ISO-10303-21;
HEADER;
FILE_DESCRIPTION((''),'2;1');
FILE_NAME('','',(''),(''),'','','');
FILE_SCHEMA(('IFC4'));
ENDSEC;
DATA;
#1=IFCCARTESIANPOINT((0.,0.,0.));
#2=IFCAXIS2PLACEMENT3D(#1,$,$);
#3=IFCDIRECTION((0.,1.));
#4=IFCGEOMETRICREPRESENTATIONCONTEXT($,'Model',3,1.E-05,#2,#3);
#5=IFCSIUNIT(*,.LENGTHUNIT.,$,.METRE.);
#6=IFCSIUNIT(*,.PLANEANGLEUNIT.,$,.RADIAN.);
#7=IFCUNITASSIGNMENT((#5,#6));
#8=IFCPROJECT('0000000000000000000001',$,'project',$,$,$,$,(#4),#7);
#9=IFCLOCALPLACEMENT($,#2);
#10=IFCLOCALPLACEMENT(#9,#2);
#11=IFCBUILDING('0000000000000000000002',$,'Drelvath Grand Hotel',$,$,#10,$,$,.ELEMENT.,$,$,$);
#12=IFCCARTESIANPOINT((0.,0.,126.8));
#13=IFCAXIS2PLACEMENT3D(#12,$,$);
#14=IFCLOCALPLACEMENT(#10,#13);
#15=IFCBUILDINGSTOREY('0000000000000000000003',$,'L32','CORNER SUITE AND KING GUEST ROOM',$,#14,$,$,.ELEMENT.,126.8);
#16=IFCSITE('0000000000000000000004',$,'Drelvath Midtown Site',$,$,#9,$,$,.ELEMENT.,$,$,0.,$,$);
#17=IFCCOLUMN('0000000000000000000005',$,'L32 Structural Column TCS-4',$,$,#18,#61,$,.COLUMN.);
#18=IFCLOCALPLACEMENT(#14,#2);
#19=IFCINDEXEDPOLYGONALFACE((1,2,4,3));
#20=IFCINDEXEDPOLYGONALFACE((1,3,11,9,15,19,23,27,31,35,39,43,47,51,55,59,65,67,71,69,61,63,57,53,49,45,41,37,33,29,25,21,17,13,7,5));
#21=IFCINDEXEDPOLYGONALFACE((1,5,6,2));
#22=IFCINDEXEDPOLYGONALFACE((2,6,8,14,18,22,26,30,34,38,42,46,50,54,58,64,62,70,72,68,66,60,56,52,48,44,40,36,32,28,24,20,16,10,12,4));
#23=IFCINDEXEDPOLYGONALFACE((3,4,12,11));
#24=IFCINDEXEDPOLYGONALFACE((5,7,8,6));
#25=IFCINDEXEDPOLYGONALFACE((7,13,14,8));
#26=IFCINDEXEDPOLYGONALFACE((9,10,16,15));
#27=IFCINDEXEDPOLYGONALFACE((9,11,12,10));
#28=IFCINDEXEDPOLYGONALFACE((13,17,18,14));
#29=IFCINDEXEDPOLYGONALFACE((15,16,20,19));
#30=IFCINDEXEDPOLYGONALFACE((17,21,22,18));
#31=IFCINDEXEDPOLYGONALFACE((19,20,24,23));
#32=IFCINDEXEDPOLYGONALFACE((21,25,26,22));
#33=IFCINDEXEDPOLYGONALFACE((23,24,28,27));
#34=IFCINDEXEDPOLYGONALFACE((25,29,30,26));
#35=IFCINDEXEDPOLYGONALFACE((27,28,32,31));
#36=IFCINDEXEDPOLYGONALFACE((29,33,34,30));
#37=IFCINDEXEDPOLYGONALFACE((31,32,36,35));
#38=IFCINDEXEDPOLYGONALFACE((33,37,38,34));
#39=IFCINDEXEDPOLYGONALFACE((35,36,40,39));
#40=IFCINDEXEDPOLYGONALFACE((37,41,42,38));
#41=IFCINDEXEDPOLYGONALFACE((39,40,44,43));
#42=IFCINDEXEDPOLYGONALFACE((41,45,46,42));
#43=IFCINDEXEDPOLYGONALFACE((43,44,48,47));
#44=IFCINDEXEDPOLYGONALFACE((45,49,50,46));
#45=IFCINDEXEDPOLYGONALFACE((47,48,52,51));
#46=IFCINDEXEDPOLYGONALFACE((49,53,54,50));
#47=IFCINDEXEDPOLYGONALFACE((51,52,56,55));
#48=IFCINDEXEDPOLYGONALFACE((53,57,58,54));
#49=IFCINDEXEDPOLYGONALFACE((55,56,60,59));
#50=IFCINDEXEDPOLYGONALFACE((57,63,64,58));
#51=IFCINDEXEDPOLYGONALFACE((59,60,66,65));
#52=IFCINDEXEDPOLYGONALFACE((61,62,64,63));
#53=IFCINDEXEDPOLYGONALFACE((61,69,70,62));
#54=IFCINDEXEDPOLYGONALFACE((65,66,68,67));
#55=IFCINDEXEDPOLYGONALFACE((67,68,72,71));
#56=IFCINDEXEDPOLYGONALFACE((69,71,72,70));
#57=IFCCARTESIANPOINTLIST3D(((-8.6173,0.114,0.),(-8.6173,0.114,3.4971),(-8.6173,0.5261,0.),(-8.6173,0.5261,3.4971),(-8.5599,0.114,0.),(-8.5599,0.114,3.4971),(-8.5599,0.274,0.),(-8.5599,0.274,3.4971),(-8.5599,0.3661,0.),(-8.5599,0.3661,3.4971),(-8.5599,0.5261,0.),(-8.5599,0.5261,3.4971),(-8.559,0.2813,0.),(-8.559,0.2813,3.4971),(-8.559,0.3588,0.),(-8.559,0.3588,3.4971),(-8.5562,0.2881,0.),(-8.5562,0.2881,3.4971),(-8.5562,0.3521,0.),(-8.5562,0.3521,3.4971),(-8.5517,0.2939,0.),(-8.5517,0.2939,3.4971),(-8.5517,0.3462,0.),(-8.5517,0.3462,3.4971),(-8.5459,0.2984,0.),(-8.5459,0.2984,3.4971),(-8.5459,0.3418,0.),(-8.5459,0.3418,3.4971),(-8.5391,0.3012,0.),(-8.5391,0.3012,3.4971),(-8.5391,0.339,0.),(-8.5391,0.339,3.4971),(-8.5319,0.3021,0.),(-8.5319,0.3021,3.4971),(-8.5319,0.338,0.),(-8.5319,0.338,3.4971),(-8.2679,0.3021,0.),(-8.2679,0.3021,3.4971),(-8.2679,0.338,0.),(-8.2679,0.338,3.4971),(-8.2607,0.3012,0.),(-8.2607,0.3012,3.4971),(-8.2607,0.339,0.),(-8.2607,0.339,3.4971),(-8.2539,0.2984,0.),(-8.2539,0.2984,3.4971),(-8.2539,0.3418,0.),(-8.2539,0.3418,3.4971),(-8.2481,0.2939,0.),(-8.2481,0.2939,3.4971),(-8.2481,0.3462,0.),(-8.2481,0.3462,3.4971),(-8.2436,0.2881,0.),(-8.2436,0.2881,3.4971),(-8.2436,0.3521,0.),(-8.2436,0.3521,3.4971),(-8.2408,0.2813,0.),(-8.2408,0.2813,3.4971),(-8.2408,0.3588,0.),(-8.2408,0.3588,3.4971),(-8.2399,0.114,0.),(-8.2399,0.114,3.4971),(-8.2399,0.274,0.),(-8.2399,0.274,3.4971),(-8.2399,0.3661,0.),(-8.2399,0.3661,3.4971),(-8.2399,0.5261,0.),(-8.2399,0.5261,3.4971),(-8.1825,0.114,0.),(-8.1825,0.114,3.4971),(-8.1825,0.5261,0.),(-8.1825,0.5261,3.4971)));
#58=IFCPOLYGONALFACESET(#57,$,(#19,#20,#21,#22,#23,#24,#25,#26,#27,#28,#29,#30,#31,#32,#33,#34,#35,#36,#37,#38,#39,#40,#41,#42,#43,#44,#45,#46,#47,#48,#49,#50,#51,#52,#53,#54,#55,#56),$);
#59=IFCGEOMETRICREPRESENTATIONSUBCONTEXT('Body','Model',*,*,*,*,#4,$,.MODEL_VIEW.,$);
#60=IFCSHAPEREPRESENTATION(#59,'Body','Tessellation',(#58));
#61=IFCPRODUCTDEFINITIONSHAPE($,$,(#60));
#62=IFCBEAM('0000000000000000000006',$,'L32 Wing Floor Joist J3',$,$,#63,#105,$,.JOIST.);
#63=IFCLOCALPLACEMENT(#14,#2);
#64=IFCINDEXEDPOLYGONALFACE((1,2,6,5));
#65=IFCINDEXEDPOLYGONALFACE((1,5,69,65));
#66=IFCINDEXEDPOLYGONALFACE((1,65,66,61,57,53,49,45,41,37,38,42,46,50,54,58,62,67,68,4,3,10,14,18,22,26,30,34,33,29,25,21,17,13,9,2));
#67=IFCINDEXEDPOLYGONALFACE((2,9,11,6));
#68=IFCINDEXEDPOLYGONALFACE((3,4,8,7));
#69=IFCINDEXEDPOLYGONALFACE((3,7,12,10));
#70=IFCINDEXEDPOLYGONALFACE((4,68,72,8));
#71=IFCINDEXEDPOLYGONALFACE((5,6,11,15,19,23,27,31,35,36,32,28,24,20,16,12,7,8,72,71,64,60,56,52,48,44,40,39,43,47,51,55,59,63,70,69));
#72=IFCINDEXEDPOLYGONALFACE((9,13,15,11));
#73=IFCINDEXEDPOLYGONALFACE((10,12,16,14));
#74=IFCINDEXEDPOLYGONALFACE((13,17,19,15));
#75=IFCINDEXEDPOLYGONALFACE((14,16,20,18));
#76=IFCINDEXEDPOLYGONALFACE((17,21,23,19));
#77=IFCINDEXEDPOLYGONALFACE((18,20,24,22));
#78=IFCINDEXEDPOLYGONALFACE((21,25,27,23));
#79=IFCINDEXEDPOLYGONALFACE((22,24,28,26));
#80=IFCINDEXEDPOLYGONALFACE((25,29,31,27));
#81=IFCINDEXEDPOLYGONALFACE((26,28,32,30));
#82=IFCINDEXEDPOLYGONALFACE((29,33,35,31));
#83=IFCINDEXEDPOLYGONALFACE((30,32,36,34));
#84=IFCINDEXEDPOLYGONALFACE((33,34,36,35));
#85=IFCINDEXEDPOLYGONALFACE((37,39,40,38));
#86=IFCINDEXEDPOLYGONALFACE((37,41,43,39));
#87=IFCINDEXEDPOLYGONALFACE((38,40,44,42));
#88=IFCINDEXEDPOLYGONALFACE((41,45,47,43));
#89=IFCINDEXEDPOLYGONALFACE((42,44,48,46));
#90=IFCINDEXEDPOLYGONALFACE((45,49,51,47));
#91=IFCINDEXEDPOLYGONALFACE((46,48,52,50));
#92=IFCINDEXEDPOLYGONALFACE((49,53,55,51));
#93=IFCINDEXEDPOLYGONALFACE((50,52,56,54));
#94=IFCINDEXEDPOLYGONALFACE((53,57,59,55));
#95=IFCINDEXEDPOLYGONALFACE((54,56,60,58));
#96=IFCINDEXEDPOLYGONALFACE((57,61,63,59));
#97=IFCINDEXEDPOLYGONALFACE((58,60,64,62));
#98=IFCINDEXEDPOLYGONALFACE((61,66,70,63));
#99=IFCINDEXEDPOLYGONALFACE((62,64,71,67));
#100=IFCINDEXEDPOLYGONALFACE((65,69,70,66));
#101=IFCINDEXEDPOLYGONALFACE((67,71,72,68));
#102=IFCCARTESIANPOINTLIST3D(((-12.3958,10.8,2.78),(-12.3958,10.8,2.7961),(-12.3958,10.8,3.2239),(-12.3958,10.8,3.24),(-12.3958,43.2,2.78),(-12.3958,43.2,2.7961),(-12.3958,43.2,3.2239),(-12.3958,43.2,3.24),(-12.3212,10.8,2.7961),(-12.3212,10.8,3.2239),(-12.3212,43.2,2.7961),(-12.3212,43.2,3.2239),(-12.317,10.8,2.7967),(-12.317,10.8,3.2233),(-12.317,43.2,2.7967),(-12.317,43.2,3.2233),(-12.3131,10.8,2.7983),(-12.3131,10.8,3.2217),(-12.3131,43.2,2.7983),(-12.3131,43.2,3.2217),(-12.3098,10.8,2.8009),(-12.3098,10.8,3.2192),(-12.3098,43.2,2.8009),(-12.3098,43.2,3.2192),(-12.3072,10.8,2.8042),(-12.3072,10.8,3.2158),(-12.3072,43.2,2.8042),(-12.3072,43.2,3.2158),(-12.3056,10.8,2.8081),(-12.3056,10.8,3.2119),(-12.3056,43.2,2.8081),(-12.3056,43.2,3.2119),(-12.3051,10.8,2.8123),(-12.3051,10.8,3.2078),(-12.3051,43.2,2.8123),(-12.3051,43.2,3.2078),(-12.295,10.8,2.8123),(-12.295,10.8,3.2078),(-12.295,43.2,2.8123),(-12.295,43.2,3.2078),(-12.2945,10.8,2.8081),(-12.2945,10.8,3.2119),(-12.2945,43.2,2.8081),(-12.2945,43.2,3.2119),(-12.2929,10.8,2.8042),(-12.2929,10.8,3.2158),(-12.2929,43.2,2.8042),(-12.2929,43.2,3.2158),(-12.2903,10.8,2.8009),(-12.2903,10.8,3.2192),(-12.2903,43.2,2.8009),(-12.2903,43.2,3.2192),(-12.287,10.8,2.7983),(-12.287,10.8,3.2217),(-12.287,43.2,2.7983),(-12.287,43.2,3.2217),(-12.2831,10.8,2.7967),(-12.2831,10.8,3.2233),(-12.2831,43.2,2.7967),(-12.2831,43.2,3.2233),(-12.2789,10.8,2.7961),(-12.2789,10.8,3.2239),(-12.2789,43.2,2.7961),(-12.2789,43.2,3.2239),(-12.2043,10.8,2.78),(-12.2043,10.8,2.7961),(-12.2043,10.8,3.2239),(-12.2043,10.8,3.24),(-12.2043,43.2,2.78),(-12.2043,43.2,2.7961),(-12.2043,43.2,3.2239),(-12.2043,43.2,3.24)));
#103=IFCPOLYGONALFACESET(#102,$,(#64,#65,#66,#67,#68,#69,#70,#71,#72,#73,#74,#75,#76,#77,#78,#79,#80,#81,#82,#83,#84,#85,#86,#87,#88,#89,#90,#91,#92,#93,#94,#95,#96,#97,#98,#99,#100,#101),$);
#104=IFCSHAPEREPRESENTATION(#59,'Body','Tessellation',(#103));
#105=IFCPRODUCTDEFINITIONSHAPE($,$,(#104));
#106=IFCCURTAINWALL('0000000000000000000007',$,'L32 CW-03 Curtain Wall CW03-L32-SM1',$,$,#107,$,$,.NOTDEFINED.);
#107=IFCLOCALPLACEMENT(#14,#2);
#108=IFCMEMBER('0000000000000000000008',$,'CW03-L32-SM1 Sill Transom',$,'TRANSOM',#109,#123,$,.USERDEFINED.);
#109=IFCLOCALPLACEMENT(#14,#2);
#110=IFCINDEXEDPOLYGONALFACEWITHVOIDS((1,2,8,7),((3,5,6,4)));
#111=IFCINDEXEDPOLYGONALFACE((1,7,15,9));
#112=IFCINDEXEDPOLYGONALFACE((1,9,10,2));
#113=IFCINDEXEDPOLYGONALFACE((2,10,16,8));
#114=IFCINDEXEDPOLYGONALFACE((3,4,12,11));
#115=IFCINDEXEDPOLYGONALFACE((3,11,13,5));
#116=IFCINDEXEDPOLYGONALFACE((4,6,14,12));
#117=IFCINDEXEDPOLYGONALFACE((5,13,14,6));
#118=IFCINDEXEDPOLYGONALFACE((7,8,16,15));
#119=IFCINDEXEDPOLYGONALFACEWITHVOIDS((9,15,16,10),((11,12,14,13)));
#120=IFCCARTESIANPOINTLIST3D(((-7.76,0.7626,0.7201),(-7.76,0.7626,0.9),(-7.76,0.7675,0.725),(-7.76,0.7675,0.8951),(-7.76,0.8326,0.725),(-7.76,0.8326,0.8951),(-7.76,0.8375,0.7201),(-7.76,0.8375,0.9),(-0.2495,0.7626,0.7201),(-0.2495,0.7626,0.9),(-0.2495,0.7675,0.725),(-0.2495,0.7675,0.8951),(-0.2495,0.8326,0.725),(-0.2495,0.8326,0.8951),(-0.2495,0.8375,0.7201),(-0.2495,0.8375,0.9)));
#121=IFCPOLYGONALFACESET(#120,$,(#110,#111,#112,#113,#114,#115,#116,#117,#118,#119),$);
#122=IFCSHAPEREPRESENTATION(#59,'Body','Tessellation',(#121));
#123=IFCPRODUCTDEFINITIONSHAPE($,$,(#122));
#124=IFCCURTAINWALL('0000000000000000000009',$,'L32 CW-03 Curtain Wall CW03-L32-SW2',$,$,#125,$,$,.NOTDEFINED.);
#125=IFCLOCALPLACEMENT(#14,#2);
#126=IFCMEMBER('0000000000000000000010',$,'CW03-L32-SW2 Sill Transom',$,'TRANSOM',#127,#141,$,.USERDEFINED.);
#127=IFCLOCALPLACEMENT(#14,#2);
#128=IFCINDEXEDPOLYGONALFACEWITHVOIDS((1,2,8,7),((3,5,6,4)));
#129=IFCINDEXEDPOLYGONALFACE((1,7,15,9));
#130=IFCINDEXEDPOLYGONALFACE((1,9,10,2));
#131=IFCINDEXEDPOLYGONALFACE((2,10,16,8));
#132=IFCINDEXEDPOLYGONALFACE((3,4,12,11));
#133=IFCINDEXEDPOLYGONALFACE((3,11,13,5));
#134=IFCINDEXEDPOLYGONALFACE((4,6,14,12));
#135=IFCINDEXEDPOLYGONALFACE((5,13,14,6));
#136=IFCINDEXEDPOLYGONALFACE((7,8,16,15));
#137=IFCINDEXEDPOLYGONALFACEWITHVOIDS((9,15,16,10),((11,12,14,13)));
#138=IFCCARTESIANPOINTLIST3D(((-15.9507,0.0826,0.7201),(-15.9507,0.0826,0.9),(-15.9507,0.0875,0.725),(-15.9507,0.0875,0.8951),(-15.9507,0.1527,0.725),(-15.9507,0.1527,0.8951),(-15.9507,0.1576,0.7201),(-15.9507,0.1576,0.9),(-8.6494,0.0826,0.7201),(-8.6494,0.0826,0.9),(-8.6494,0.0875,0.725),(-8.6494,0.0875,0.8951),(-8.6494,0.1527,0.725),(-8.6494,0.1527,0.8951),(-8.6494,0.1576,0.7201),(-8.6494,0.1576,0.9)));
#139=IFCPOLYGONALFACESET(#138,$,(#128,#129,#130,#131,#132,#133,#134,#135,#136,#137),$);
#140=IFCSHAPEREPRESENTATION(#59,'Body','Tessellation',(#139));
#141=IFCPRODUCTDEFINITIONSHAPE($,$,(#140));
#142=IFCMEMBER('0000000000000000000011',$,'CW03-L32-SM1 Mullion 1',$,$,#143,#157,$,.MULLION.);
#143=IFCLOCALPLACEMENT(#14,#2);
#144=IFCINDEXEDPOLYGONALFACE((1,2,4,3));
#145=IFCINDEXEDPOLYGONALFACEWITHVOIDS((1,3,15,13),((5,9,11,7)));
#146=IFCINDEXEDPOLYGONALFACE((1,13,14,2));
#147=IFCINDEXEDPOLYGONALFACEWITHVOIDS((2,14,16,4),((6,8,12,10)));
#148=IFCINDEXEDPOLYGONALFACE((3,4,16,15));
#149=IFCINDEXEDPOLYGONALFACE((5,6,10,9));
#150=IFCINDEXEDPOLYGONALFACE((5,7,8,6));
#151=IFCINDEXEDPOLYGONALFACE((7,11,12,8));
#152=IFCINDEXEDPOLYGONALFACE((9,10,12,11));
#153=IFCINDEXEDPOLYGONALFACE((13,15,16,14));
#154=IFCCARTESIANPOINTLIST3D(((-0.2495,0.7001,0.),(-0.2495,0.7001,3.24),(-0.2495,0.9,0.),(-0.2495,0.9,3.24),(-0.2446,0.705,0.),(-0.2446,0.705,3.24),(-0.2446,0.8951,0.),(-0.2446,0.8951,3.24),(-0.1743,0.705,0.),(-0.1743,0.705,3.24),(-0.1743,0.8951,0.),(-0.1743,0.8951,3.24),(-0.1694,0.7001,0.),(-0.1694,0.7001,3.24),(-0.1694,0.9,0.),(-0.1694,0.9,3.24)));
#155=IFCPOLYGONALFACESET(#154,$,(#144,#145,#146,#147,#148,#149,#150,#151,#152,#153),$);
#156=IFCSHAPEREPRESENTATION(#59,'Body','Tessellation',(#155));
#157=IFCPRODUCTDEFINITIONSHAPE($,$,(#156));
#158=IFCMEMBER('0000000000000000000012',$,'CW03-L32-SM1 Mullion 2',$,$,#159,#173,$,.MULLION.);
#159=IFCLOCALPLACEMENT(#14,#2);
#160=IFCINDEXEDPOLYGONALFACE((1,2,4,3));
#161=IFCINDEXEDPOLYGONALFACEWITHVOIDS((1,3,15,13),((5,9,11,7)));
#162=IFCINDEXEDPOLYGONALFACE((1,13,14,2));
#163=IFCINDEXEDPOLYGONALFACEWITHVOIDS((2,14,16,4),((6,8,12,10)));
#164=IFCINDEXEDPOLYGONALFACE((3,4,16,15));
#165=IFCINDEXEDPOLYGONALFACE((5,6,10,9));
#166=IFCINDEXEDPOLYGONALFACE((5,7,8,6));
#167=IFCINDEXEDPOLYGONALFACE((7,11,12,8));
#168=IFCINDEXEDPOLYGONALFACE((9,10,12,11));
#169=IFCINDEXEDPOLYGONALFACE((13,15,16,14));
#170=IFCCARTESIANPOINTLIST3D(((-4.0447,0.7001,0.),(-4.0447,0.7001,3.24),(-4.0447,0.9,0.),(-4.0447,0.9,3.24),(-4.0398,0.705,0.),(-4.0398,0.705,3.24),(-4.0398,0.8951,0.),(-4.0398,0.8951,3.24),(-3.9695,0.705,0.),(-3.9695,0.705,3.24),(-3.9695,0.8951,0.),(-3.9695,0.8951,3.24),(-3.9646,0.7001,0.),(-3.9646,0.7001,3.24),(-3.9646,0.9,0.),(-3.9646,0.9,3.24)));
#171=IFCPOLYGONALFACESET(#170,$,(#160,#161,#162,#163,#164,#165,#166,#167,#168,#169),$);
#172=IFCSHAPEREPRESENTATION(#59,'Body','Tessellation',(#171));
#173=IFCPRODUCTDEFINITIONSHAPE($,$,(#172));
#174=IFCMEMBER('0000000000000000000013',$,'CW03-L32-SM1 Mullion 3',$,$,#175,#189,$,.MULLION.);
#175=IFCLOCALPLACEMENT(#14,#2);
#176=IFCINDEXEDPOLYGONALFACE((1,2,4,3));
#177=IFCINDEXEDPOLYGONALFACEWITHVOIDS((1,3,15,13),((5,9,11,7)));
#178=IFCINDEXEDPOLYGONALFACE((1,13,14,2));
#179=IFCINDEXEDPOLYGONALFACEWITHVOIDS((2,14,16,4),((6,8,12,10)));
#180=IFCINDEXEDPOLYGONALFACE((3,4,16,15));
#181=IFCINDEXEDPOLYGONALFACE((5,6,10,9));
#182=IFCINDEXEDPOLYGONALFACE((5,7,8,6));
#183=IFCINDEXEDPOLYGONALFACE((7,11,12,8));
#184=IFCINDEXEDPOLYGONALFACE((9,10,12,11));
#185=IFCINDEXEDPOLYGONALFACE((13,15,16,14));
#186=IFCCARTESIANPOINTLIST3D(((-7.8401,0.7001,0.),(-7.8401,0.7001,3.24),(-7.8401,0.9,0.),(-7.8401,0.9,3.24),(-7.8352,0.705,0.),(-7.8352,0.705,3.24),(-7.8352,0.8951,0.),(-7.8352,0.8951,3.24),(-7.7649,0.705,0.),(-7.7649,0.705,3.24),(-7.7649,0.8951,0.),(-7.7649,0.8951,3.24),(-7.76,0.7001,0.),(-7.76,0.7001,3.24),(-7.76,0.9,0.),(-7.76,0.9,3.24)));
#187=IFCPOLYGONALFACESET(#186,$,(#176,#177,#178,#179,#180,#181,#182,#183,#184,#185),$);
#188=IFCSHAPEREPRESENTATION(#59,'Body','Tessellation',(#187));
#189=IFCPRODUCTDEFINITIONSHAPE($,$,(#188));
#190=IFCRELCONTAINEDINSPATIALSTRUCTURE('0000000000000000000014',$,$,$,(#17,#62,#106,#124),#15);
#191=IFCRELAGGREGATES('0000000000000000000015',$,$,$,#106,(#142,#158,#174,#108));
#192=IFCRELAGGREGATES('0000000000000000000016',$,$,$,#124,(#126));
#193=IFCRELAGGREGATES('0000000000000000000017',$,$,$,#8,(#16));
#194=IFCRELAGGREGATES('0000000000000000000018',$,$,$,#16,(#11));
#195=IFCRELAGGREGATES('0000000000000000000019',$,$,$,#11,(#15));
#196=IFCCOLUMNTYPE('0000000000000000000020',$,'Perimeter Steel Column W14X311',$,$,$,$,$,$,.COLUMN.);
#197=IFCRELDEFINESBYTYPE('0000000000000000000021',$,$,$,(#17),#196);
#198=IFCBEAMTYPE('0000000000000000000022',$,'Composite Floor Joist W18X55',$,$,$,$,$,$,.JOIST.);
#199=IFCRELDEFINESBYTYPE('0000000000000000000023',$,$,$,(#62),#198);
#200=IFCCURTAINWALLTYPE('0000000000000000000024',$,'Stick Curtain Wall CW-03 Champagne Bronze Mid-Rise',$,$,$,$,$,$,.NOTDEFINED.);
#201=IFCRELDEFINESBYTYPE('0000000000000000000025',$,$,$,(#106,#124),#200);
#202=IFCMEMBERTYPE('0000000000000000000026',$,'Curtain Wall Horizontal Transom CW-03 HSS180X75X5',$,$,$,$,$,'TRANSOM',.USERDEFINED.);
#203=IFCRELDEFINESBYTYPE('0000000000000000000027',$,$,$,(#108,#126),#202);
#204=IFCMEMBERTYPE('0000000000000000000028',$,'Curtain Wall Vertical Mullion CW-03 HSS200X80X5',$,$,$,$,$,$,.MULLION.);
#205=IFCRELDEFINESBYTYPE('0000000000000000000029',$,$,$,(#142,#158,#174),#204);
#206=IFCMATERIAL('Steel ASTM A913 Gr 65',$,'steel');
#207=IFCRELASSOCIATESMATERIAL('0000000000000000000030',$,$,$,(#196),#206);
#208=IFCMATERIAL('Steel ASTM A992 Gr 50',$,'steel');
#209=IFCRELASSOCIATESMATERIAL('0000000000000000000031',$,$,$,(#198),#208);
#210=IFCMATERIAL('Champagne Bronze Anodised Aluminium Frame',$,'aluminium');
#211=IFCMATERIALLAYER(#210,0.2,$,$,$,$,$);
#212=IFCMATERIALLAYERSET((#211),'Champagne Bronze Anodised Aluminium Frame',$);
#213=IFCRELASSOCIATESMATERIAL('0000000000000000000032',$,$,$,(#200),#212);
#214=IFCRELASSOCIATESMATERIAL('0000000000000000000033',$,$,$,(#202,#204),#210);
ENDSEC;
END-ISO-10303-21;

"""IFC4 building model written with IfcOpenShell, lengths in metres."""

from ifc_helpers import new_model, si_unit, direction, frame, origin, origin_2d, place, context, subcontext, project, spatial, hollow_rectangle, i_section, extrude, material, layer, layer_set, material_profile, profile_set, type_object, element, aggregate, save


model = new_model("IFC4")

# Units and contexts
model_context = context("Model", 3, precision=1e-05, world=origin(), true_north=direction((0.0, 1.0)))
body_context = subcontext(model_context, "Body", "Model", "MODEL_VIEW")
ifc_project = project(units=[si_unit("LENGTHUNIT", "METRE"), si_unit("PLANEANGLEUNIT", "RADIAN")], contexts=[model_context])

# Site, building, storey
site_placement = place(None, origin())
site = spatial("IfcSite", under=ifc_project, at=site_placement, Name="Drelvath Midtown Site", CompositionType="ELEMENT", RefElevation=0.0)
building_placement = place(site_placement, origin())
building = spatial("IfcBuilding", under=site, at=building_placement, Name="Drelvath Grand Hotel", CompositionType="ELEMENT")
storey_placement = place(building_placement, frame((0.0, 0.0, 126.8)))
storey = spatial("IfcBuildingStorey", under=building, at=storey_placement, Name="L32", Description="CORNER SUITE AND KING GUEST ROOM", CompositionType="ELEMENT", Elevation=126.8)

# Column
ifc_material_1 = material(Name="Steel ASTM A913 Gr 65", Category="steel")
ifc_material_profile_1 = material_profile(ifc_material_1, i_section(OverallWidth=0.4121, OverallDepth=0.4348, WebThickness=0.0359, FlangeThickness=0.0574, FilletRadius=0.0281, at=origin_2d()), Name="W14X311")
ifc_profile_set_1 = profile_set([ifc_material_profile_1], Name="Steel ASTM A913 Gr 65")
column_type = type_object("IfcColumnType", Name="Perimeter Steel Column W14X311", PredefinedType="COLUMN", material=ifc_profile_set_1)
column_placement = place(storey_placement, frame((-8.3999, 0.3201, 0.0), z_axis=(0.0, 0.0, 1.0), x_axis=(0.0, 1.0, 0.0)))
element("IfcColumn", 1, at=column_placement, inside=storey, type_object=column_type, Name="L32 Structural Column TCS-4", PredefinedType="COLUMN", context=body_context, shape_type="SweptSolid", body=[
    extrude(i_section(OverallWidth=0.4121, OverallDepth=0.4348, WebThickness=0.0359, FlangeThickness=0.0574, FilletRadius=0.0281, at=origin_2d()), origin(), (0.0, 0.0, 1.0), 3.4971),
])

# Beam
ifc_material_2 = material(Name="Steel ASTM A992 Gr 50", Category="steel")
ifc_material_profile_2 = material_profile(ifc_material_2, i_section(OverallWidth=0.1914, OverallDepth=0.46, WebThickness=0.01, FlangeThickness=0.0161, FilletRadius=0.0161, at=origin_2d()), Name="W18X55")
ifc_profile_set_2 = profile_set([ifc_material_profile_2], Name="Steel ASTM A992 Gr 50")
beam_type_1 = type_object("IfcBeamType", Name="Composite Floor Joist W18X55", PredefinedType="JOIST", material=ifc_profile_set_2)
beam_1_placement = place(storey_placement, frame((-12.3, 10.8, 3.01), z_axis=(0.0, 1.0, 0.0), x_axis=(-1.0, 0.0, 0.0)))
element("IfcBeam", 2, at=beam_1_placement, inside=storey, type_object=beam_type_1, Name="L32 Wing Floor Joist J3", PredefinedType="JOIST", context=body_context, shape_type="SweptSolid", body=[
    extrude(i_section(OverallWidth=0.1914, OverallDepth=0.46, WebThickness=0.01, FlangeThickness=0.0161, FilletRadius=0.0161, at=origin_2d()), origin(), (0.0, 0.0, 1.0), 32.3999),
])

# Curtain walls, members
ifc_material_3 = material(Name="Champagne Bronze Anodised Aluminium Frame", Category="aluminium")
ifc_layer_1 = layer(ifc_material_3, 0.2)
ifc_layer_set_1 = layer_set([ifc_layer_1], Name="Champagne Bronze Anodised Aluminium Frame")
curtain_wall_type = type_object("IfcCurtainWallType", Name="Stick Curtain Wall CW-03 Champagne Bronze Mid-Rise", PredefinedType="NOTDEFINED", material=ifc_layer_set_1)
curtain_wall_1_placement = place(storey_placement, origin())
curtain_wall_1 = element("IfcCurtainWall", 3, at=curtain_wall_1_placement, inside=storey, type_object=curtain_wall_type, Name="L32 CW-03 Curtain Wall CW03-L32-SM1", PredefinedType="NOTDEFINED")
ifc_material_profile_3 = material_profile(ifc_material_3, hollow_rectangle(XDim=0.075, YDim=0.1799, WallThickness=0.0049, at=origin_2d()), Name="HSS180X75X5")
ifc_profile_set_3 = profile_set([ifc_material_profile_3], Name="Champagne Bronze Anodised Aluminium Frame")
member_type_1 = type_object("IfcMemberType", Name="Curtain Wall Horizontal Transom CW-03 HSS180X75X5", ElementType="TRANSOM", PredefinedType="USERDEFINED", material=ifc_profile_set_3)
member_1_placement = place(storey_placement, frame((-0.2495, 0.8, 0.8101), z_axis=(-1.0, 0.0, 0.0), x_axis=(0.0, -1.0, 0.0)))
member_1 = element("IfcMember", 4, at=member_1_placement, type_object=member_type_1, Name="CW03-L32-SM1 Sill Transom", ObjectType="TRANSOM", PredefinedType="USERDEFINED", context=body_context, shape_type="SweptSolid", body=[
    extrude(hollow_rectangle(XDim=0.075, YDim=0.1799, WallThickness=0.0049, at=origin_2d()), origin(), (0.0, 0.0, 1.0), 7.5105),
])
curtain_wall_2_placement = place(storey_placement, origin())
curtain_wall_2 = element("IfcCurtainWall", 5, at=curtain_wall_2_placement, inside=storey, type_object=curtain_wall_type, Name="L32 CW-03 Curtain Wall CW03-L32-SW2", PredefinedType="NOTDEFINED")
member_2_placement = place(storey_placement, frame((-8.6494, 0.1201, 0.8101), z_axis=(-1.0, 0.0, 0.0), x_axis=(0.0, -1.0, 0.0)))
member_2 = element("IfcMember", 6, at=member_2_placement, type_object=member_type_1, Name="CW03-L32-SW2 Sill Transom", ObjectType="TRANSOM", PredefinedType="USERDEFINED", context=body_context, shape_type="SweptSolid", body=[
    extrude(hollow_rectangle(XDim=0.075, YDim=0.1799, WallThickness=0.0049, at=origin_2d()), origin(), (0.0, 0.0, 1.0), 7.3013),
])

# Members
ifc_material_profile_4 = material_profile(ifc_material_3, hollow_rectangle(XDim=0.0801, YDim=0.2, WallThickness=0.0049, at=origin_2d()), Name="HSS200X80X5")
ifc_profile_set_4 = profile_set([ifc_material_profile_4], Name="Champagne Bronze Anodised Aluminium Frame")
member_type_2 = type_object("IfcMemberType", Name="Curtain Wall Vertical Mullion CW-03 HSS200X80X5", PredefinedType="MULLION", material=ifc_profile_set_4)
member_3_placement = place(storey_placement, frame((-0.2095, 0.8, 0.0), z_axis=(0.0, 0.0, 1.0), x_axis=(1.0, 0.0, 0.0)))
member_3 = element("IfcMember", 7, at=member_3_placement, type_object=member_type_2, Name="CW03-L32-SM1 Mullion 1", PredefinedType="MULLION", context=body_context, shape_type="SweptSolid", body=[
    extrude(hollow_rectangle(XDim=0.0801, YDim=0.2, WallThickness=0.0049, at=origin_2d()), origin(), (0.0, 0.0, 1.0), 3.24),
])
member_4_placement = place(storey_placement, frame((-4.0046, 0.8, 0.0), z_axis=(0.0, 0.0, 1.0), x_axis=(1.0, 0.0, 0.0)))
member_4 = element("IfcMember", 8, at=member_4_placement, type_object=member_type_2, Name="CW03-L32-SM1 Mullion 2", PredefinedType="MULLION", context=body_context, shape_type="SweptSolid", body=[
    extrude(hollow_rectangle(XDim=0.0801, YDim=0.2, WallThickness=0.0049, at=origin_2d()), origin(), (0.0, 0.0, 1.0), 3.24),
])
member_5_placement = place(storey_placement, frame((-7.8, 0.8, 0.0), z_axis=(0.0, 0.0, 1.0), x_axis=(1.0, 0.0, 0.0)))
member_5 = element("IfcMember", 9, at=member_5_placement, type_object=member_type_2, Name="CW03-L32-SM1 Mullion 3", PredefinedType="MULLION", context=body_context, shape_type="SweptSolid", body=[
    extrude(hollow_rectangle(XDim=0.0801, YDim=0.2, WallThickness=0.0049, at=origin_2d()), origin(), (0.0, 0.0, 1.0), 3.24),
])

aggregate(curtain_wall_1, [member_3, member_4, member_5, member_1])
aggregate(curtain_wall_2, [member_2])

save(model, "model.ifc")
